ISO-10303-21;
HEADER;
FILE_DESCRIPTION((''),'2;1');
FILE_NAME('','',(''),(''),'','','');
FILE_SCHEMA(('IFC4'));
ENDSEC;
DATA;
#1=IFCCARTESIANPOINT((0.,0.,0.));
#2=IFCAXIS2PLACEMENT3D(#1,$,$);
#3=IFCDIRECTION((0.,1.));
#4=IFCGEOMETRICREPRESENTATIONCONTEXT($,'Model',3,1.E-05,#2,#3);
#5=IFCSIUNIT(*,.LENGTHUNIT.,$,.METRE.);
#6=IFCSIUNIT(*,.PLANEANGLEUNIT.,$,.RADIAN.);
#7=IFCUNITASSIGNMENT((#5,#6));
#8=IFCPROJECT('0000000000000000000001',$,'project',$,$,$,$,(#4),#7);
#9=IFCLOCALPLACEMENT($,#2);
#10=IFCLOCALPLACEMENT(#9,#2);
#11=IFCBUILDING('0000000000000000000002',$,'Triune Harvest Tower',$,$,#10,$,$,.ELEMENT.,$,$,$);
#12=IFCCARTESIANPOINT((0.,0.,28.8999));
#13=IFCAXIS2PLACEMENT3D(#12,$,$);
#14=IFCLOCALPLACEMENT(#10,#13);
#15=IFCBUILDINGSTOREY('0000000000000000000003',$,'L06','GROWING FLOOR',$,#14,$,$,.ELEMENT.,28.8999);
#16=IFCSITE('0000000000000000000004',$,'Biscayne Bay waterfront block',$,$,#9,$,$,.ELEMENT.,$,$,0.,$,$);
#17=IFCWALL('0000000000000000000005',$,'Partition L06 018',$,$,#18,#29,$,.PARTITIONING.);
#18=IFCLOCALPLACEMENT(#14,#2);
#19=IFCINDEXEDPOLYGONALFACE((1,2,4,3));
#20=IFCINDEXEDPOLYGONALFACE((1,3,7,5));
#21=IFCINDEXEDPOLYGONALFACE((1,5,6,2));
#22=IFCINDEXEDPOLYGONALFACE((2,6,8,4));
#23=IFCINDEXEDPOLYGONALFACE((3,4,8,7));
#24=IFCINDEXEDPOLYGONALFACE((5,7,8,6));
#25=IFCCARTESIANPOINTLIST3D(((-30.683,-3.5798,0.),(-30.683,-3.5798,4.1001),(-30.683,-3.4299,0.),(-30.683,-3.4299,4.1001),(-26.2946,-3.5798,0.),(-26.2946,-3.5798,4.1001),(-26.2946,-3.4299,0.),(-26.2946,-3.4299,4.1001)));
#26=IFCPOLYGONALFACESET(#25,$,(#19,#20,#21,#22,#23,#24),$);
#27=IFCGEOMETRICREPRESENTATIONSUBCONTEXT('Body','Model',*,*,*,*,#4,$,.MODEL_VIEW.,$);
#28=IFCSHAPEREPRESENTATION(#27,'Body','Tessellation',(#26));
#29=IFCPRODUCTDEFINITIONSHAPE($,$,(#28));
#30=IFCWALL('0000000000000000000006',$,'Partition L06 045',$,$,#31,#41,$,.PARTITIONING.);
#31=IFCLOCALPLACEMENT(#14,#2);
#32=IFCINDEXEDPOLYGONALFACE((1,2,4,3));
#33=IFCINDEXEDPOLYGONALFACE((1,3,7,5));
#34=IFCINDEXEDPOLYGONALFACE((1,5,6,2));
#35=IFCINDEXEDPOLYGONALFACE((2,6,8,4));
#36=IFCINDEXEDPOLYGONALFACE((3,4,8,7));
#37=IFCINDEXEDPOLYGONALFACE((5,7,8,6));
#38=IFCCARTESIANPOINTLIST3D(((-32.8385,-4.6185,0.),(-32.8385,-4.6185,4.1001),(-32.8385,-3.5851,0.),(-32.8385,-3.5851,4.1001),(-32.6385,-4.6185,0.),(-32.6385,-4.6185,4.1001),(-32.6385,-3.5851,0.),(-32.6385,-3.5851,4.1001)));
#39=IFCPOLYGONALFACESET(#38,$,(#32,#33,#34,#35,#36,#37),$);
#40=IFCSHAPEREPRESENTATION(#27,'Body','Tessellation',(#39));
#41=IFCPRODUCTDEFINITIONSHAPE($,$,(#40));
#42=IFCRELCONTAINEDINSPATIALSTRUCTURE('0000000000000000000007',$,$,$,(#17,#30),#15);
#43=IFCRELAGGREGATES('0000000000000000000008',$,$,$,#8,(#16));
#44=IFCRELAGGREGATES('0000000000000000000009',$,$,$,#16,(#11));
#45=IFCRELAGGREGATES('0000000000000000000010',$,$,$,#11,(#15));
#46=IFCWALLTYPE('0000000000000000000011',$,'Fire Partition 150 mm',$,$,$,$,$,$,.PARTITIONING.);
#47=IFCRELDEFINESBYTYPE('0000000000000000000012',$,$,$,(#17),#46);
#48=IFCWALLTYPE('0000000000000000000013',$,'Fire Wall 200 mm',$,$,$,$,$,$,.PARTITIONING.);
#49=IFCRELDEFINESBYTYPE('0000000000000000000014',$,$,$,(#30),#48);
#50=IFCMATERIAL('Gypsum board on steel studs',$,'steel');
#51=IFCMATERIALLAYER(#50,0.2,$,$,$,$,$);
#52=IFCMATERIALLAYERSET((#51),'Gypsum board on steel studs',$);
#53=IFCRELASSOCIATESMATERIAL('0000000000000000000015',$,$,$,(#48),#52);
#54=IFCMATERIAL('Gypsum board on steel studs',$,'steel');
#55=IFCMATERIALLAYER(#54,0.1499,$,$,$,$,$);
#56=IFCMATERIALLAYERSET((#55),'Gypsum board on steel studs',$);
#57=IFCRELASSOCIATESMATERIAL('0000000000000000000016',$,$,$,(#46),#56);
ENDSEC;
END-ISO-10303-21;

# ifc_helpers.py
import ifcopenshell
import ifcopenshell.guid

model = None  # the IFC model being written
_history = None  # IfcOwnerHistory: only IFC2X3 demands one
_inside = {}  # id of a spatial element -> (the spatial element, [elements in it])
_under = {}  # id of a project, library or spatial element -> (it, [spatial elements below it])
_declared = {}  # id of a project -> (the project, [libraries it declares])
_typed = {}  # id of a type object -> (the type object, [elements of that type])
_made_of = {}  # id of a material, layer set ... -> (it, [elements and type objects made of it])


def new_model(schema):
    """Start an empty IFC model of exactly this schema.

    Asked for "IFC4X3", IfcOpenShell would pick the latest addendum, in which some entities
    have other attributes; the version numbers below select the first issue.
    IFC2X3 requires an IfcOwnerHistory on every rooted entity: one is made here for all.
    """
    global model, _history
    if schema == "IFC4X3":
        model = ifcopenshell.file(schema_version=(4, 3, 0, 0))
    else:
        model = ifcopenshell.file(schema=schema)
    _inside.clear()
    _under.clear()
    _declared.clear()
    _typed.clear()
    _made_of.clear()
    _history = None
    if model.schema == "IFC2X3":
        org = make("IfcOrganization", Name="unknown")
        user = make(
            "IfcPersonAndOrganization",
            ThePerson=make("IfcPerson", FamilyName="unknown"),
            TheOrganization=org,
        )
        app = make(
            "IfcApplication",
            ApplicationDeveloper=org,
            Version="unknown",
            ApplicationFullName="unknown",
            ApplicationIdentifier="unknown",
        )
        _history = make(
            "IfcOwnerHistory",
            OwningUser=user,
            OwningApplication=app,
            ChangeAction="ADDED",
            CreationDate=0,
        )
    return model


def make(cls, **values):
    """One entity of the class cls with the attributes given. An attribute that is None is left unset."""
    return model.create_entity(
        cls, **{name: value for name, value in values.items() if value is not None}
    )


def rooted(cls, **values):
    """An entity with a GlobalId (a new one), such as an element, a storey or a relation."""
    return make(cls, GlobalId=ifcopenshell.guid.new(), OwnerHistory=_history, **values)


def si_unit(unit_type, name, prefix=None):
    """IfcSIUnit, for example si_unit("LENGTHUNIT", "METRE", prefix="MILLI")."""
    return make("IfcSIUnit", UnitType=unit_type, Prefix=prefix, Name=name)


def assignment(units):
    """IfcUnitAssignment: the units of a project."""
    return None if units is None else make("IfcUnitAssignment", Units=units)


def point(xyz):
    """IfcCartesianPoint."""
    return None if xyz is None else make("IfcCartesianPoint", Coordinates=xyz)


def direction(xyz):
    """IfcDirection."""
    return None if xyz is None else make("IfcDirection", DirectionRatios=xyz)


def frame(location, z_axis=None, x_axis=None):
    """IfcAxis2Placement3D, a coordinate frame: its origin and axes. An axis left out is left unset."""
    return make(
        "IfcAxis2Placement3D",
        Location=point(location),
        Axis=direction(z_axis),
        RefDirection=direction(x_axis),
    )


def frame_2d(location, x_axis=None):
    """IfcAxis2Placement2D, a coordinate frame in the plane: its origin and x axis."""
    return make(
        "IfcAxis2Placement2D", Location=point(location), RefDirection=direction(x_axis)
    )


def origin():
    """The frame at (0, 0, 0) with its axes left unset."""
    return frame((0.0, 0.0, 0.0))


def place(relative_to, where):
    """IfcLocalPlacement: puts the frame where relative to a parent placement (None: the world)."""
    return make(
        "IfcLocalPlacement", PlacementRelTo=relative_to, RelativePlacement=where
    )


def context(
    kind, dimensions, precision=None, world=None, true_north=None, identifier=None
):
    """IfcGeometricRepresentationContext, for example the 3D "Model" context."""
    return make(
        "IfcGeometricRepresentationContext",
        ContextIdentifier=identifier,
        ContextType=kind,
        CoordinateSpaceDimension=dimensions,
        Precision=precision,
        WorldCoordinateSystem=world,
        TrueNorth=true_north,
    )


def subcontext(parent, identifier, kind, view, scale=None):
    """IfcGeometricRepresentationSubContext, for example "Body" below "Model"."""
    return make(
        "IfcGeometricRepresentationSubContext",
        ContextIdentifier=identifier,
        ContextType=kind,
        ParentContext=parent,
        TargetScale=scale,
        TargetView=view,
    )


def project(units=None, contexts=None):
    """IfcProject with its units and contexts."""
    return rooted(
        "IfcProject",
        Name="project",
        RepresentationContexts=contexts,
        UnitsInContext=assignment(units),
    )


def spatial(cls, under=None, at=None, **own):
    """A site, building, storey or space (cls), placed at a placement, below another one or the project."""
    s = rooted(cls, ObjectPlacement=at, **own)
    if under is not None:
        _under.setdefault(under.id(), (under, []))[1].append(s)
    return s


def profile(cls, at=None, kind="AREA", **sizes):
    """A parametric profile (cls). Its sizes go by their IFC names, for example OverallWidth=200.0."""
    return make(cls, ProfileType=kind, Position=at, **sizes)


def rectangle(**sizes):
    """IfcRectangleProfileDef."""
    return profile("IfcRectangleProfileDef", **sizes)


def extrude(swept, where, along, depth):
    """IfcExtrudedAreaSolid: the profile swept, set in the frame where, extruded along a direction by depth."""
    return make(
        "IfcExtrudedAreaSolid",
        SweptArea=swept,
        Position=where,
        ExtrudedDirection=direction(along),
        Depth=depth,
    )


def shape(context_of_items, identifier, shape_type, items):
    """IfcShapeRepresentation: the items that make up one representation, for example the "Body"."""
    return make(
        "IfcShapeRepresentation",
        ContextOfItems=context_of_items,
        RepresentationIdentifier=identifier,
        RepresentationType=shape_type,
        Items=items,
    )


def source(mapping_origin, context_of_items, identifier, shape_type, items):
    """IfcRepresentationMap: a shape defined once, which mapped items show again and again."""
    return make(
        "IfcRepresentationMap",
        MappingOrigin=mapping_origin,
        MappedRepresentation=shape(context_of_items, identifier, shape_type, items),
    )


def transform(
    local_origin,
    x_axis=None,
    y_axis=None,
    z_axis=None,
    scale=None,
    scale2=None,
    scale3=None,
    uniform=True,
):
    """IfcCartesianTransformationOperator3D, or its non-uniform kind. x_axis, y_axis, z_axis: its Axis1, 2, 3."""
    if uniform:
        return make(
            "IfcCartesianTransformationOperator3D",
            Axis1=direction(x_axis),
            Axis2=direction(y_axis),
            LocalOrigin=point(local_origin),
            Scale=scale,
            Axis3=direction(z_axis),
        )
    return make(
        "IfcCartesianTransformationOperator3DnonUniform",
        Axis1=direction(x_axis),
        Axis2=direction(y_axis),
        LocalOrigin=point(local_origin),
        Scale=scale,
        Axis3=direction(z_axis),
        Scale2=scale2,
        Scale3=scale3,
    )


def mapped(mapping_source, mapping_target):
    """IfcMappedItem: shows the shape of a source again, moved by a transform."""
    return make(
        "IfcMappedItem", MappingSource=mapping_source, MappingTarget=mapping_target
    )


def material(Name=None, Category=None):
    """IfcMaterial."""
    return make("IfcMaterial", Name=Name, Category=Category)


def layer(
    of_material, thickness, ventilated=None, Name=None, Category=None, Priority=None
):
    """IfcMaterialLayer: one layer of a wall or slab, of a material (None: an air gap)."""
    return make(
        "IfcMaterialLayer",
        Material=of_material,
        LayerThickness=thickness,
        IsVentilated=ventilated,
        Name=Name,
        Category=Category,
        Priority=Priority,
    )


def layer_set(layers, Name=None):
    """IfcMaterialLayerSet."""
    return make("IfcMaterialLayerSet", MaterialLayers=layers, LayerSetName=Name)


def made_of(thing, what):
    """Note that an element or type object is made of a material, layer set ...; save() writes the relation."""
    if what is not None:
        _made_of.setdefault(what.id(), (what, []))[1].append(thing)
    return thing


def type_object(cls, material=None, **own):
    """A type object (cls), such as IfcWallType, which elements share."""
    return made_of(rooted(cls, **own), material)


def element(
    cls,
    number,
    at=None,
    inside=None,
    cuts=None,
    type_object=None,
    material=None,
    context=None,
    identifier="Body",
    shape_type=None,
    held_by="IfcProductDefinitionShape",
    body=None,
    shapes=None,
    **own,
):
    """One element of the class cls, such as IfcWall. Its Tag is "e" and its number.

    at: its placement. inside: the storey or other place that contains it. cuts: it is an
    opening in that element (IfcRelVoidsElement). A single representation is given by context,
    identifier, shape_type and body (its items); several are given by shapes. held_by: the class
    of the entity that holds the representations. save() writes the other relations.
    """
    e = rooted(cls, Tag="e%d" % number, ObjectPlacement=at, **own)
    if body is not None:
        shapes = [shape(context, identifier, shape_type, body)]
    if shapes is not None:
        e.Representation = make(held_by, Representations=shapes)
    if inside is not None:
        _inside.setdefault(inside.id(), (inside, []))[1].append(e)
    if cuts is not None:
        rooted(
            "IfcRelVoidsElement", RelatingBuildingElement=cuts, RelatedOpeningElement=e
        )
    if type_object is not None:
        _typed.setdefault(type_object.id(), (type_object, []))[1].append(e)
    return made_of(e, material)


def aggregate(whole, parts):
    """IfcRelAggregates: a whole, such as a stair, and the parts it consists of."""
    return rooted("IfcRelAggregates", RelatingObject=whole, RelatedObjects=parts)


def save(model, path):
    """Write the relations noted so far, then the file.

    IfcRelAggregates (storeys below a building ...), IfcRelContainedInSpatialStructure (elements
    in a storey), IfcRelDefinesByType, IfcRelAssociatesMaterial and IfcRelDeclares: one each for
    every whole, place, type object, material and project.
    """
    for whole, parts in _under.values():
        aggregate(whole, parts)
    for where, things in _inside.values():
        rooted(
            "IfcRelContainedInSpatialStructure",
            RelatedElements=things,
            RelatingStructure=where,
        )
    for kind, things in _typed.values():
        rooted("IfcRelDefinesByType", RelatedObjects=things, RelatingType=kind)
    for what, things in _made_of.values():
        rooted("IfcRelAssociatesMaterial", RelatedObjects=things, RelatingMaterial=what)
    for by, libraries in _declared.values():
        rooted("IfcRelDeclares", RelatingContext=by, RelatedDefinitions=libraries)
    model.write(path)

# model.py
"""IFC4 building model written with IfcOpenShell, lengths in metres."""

from ifc_helpers import new_model, si_unit, direction, frame, frame_2d, origin, place, context, subcontext, project, spatial, rectangle, extrude, source, transform, mapped, material, layer, layer_set, type_object, element, save


model = new_model("IFC4")

# Units and contexts
model_context = context("Model", 3, precision=1e-05, world=origin(), true_north=direction((0.0, 1.0)))
body_context = subcontext(model_context, "Body", "Model", "MODEL_VIEW")
ifc_project = project(units=[si_unit("LENGTHUNIT", "METRE"), si_unit("PLANEANGLEUNIT", "RADIAN")], contexts=[model_context])

# Site, building, storey
site_placement = place(None, origin())
site = spatial("IfcSite", under=ifc_project, at=site_placement, Name="Biscayne Bay waterfront block", CompositionType="ELEMENT", RefElevation=0.0)
building_placement = place(site_placement, origin())
building = spatial("IfcBuilding", under=site, at=building_placement, Name="Triune Harvest Tower", CompositionType="ELEMENT")
storey_placement = place(building_placement, frame((0.0, 0.0, 28.8999)))
storey = spatial("IfcBuildingStorey", under=building, at=storey_placement, Name="L06", Description="GROWING FLOOR", CompositionType="ELEMENT", Elevation=28.8999)

# Shared definitions
ifc_material_1 = material(Name="Gypsum board on steel studs", Category="steel")
ifc_layer_1 = layer(ifc_material_1, 0.2)
ifc_layer_set_1 = layer_set([ifc_layer_1], Name="Gypsum board on steel studs")
wall_type_1 = type_object("IfcWallType", Name="Fire Wall 200 mm", PredefinedType="PARTITIONING", material=ifc_layer_set_1)

# Walls
ifc_material_2 = material(Name="Gypsum board on steel studs", Category="steel")
ifc_layer_2 = layer(ifc_material_2, 0.1499)
ifc_layer_set_2 = layer_set([ifc_layer_2], Name="Gypsum board on steel studs")
wall_type_2 = type_object("IfcWallType", Name="Fire Partition 150 mm", PredefinedType="PARTITIONING", material=ifc_layer_set_2)
shared_shape_1 = source(origin(), body_context, "Body", "SweptSolid", [
    extrude(rectangle(XDim=4.3884, YDim=0.1499, at=frame_2d((2.1943, 0.0))), origin(), (0.0, 0.0, 1.0), 4.1001),
])
wall_1_placement = place(storey_placement, frame((-30.6831, -3.5049, 0.0), z_axis=(0.0, 0.0, 1.0), x_axis=(1.0, 0.0, 0.0)))
element("IfcWall", 1, at=wall_1_placement, inside=storey, type_object=wall_type_2, Name="Partition L06 018", PredefinedType="PARTITIONING", context=body_context, shape_type="MappedRepresentation", body=[
    mapped(shared_shape_1, transform((0.0, 0.0, 0.0), scale=1.0)),
])
shared_shape_2 = source(origin(), body_context, "Body", "SweptSolid", [
    extrude(rectangle(XDim=1.0334, YDim=0.2, at=frame_2d((0.5166, 0.0))), origin(), (0.0, 0.0, 1.0), 4.1001),
])
wall_2_placement = place(storey_placement, frame((-32.7385, -4.6184, 0.0), z_axis=(0.0, 0.0, 1.0), x_axis=(0.0, 1.0, 0.0)))
element("IfcWall", 2, at=wall_2_placement, inside=storey, type_object=wall_type_1, Name="Partition L06 045", PredefinedType="PARTITIONING", context=body_context, shape_type="MappedRepresentation", body=[
    mapped(shared_shape_2, transform((0.0, 0.0, 0.0), scale=1.0)),
])

save(model, "model.ifc")
